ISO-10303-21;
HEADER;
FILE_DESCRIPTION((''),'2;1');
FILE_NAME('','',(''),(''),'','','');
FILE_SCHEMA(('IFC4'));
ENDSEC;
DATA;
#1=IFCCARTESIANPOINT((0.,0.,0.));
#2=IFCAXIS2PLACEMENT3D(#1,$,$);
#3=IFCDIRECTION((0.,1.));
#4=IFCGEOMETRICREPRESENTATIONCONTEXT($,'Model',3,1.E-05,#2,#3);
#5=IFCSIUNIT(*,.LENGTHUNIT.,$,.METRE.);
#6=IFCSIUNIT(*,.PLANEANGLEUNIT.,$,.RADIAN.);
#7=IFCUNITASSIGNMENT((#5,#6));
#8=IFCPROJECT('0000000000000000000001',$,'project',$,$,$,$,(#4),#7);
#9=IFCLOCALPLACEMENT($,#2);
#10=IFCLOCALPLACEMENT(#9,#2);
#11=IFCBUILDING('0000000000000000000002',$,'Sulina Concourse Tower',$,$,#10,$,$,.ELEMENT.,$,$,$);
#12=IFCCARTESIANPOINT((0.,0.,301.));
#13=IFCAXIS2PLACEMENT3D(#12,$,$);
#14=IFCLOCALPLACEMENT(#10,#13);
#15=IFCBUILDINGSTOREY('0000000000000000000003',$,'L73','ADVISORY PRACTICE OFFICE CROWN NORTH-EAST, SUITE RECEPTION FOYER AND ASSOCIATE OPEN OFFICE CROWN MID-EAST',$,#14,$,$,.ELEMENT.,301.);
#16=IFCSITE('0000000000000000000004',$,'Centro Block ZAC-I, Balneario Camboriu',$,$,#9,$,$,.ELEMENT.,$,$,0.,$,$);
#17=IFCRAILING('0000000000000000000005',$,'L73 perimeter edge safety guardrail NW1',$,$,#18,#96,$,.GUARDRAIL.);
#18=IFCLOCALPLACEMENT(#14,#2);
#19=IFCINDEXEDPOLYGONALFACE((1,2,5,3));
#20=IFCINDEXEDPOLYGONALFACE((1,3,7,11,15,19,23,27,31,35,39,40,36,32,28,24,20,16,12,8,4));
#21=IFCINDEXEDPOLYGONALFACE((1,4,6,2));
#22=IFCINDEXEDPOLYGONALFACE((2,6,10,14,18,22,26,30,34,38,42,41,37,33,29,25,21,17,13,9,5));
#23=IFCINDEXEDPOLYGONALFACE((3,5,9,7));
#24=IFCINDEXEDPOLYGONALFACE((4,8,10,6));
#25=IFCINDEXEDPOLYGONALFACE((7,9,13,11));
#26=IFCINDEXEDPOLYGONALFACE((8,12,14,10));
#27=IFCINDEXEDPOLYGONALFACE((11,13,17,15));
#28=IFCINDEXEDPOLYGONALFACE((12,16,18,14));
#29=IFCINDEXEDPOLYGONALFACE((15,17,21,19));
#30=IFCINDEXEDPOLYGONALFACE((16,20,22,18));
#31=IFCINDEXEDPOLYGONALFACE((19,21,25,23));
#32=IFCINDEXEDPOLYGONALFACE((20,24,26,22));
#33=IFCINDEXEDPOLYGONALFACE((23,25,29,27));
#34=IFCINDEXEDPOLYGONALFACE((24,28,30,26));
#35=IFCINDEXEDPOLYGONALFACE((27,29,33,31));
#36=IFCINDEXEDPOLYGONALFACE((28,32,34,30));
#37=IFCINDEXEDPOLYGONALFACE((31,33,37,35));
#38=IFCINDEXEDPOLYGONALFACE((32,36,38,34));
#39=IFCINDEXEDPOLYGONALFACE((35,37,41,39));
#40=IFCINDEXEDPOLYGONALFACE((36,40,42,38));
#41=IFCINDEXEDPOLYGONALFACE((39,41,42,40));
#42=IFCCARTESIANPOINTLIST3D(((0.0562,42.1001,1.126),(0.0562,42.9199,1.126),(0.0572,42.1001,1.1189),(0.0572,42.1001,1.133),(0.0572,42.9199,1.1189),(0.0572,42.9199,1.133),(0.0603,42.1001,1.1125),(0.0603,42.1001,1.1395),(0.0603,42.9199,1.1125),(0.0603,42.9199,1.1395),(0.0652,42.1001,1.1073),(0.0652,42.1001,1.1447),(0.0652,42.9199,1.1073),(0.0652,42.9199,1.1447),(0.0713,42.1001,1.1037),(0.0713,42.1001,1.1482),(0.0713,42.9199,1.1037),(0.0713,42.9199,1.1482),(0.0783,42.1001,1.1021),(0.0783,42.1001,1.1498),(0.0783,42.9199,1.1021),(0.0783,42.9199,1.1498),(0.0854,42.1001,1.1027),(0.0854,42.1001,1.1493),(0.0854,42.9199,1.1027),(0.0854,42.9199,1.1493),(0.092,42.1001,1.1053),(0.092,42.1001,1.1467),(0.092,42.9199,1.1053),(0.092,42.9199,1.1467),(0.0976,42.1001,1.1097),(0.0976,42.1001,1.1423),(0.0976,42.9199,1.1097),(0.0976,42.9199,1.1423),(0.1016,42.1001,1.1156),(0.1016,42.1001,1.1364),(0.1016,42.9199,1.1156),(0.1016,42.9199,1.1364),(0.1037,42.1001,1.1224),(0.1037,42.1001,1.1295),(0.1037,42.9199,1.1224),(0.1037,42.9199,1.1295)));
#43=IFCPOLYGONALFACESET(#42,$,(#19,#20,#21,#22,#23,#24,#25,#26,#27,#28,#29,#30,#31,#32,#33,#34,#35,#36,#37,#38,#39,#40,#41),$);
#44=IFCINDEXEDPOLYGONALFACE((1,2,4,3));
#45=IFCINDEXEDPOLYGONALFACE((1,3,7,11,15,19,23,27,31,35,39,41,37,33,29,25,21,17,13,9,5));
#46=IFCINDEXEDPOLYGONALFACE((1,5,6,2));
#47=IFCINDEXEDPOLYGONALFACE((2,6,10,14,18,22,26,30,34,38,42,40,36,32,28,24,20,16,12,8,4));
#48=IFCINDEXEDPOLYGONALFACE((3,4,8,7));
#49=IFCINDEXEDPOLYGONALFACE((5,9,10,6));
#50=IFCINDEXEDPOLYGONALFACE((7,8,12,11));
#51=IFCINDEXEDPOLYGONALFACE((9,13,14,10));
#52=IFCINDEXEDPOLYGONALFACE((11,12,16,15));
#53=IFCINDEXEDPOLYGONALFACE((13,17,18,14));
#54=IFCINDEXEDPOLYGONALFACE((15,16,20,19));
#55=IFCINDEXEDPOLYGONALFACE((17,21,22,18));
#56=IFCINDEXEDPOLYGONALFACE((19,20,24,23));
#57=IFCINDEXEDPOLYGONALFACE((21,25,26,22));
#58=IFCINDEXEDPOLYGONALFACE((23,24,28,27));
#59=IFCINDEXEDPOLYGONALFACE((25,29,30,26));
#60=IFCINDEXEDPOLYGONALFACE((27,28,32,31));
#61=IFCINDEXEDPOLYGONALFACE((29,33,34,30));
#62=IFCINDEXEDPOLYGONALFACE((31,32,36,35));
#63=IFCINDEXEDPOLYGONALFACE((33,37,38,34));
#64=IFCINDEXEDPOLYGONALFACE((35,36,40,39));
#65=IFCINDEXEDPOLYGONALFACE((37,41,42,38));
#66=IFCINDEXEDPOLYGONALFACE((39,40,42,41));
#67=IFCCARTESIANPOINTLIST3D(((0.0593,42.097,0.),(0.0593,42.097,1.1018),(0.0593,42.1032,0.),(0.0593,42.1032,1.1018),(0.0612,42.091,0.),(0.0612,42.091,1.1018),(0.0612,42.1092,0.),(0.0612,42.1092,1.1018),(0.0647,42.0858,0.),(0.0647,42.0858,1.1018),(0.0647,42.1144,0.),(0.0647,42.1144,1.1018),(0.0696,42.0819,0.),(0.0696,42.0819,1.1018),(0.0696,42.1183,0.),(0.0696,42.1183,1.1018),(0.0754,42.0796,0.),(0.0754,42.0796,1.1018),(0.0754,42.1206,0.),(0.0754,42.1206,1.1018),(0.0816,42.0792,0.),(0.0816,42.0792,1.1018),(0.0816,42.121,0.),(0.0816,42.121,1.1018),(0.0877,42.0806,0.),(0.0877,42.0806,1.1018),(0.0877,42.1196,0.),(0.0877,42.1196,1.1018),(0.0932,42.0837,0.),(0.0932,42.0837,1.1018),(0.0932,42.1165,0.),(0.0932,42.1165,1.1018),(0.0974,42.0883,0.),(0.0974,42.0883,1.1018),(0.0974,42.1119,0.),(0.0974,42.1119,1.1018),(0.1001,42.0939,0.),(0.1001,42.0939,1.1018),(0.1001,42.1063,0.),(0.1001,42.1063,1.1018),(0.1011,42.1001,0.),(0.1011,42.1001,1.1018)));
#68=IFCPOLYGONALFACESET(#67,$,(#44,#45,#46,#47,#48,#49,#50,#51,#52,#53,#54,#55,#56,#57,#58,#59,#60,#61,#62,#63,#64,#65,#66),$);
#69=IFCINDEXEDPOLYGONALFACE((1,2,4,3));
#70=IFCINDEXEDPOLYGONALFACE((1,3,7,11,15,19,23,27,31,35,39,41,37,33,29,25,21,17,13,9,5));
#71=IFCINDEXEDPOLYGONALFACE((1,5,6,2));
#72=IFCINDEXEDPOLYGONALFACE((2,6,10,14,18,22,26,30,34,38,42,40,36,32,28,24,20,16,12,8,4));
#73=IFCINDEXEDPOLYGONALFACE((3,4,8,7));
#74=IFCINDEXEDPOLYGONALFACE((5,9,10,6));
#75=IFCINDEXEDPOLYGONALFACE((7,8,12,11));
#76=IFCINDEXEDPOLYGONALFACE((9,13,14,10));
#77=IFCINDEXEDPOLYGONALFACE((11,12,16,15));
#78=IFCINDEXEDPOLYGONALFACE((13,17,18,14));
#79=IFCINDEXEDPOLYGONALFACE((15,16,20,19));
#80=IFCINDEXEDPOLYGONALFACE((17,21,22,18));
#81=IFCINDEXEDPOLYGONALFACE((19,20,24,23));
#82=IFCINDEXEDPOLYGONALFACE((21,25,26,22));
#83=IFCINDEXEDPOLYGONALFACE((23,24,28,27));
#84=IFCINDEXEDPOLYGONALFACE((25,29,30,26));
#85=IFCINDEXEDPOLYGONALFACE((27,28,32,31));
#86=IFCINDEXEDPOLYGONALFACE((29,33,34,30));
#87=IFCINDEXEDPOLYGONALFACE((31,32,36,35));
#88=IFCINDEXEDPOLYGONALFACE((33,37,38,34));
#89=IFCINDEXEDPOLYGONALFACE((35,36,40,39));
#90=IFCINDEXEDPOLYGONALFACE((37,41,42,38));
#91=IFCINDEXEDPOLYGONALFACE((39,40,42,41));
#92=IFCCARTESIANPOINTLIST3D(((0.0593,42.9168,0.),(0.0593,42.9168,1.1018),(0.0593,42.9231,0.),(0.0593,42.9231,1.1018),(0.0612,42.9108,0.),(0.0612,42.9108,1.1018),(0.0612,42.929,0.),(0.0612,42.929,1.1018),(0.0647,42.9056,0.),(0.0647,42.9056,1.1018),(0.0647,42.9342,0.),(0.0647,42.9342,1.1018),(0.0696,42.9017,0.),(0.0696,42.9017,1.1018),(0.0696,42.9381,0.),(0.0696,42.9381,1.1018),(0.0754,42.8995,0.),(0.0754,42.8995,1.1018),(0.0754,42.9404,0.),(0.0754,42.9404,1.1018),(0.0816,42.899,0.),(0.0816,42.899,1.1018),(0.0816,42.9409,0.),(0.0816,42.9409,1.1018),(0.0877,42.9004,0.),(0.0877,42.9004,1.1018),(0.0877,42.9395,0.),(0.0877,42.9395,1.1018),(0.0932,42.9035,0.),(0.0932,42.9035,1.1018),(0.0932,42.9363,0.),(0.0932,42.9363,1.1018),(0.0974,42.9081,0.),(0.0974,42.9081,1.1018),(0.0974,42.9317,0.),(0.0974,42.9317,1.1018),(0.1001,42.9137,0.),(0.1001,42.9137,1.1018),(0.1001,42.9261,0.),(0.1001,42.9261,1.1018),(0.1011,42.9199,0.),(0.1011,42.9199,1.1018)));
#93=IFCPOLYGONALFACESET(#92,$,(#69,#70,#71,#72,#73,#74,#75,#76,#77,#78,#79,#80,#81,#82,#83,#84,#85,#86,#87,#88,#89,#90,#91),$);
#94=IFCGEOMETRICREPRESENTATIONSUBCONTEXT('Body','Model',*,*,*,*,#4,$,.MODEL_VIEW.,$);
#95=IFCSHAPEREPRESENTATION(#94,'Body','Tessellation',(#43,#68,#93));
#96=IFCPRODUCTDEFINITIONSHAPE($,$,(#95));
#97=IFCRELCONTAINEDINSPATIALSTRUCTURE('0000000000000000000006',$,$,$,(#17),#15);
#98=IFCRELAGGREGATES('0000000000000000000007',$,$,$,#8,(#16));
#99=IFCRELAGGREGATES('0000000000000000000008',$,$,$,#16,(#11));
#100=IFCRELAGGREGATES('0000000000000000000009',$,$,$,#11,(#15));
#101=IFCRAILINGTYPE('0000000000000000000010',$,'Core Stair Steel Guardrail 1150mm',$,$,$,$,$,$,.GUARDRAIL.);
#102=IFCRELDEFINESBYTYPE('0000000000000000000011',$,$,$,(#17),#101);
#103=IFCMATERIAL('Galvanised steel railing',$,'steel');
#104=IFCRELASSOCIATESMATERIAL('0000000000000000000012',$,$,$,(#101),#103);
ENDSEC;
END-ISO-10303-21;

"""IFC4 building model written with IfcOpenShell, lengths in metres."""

from ifc_helpers import new_model, si_unit, direction, frame, origin, origin_2d, place, context, subcontext, project, spatial, circle, extrude, material, type_object, element, save


model = new_model("IFC4")

# Units and contexts
model_context = context("Model", 3, precision=1e-05, world=origin(), true_north=direction((0.0, 1.0)))
body_context = subcontext(model_context, "Body", "Model", "MODEL_VIEW")
ifc_project = project(units=[si_unit("LENGTHUNIT", "METRE"), si_unit("PLANEANGLEUNIT", "RADIAN")], contexts=[model_context])

# Site, building, storey
site_placement = place(None, origin())
site = spatial("IfcSite", under=ifc_project, at=site_placement, Name="Centro Block ZAC-I, Balneario Camboriu", CompositionType="ELEMENT", RefElevation=0.0)
building_placement = place(site_placement, origin())
building = spatial("IfcBuilding", under=site, at=building_placement, Name="Sulina Concourse Tower", CompositionType="ELEMENT")
storey_placement = place(building_placement, frame((0.0, 0.0, 301.0)))
storey = spatial("IfcBuildingStorey", under=building, at=storey_placement, Name="L73", Description="ADVISORY PRACTICE OFFICE CROWN NORTH-EAST, SUITE RECEPTION FOYER AND ASSOCIATE OPEN OFFICE CROWN MID-EAST", CompositionType="ELEMENT", Elevation=301.0)

# Railing
ifc_material_1 = material(Name="Galvanised steel railing", Category="steel")
railing_type_1 = type_object("IfcRailingType", Name="Core Stair Steel Guardrail 1150mm", PredefinedType="GUARDRAIL", material=ifc_material_1)
railing_1_placement = place(storey_placement, frame((0.0801, 42.1001, 0.0)))
element("IfcRailing", 1, at=railing_1_placement, inside=storey, type_object=railing_type_1, Name="L73 perimeter edge safety guardrail NW1", PredefinedType="GUARDRAIL", context=body_context, shape_type="SweptSolid", body=[
    extrude(circle(Radius=0.0239, at=origin_2d()), frame((0.0, 0.0, 1.126), z_axis=(0.0, 1.0, 0.0), x_axis=(-1.0, 0.0, 0.0)), (0.0, 0.0, 1.0), 0.8198),
    extrude(circle(Radius=0.021, at=origin_2d()), origin(), (0.0, 0.0, 1.0), 1.1018),
    extrude(circle(Radius=0.021, at=origin_2d()), frame((0.0, 0.8198, 0.0)), (0.0, 0.0, 1.0), 1.1018),
])

save(model, "model.ifc")
